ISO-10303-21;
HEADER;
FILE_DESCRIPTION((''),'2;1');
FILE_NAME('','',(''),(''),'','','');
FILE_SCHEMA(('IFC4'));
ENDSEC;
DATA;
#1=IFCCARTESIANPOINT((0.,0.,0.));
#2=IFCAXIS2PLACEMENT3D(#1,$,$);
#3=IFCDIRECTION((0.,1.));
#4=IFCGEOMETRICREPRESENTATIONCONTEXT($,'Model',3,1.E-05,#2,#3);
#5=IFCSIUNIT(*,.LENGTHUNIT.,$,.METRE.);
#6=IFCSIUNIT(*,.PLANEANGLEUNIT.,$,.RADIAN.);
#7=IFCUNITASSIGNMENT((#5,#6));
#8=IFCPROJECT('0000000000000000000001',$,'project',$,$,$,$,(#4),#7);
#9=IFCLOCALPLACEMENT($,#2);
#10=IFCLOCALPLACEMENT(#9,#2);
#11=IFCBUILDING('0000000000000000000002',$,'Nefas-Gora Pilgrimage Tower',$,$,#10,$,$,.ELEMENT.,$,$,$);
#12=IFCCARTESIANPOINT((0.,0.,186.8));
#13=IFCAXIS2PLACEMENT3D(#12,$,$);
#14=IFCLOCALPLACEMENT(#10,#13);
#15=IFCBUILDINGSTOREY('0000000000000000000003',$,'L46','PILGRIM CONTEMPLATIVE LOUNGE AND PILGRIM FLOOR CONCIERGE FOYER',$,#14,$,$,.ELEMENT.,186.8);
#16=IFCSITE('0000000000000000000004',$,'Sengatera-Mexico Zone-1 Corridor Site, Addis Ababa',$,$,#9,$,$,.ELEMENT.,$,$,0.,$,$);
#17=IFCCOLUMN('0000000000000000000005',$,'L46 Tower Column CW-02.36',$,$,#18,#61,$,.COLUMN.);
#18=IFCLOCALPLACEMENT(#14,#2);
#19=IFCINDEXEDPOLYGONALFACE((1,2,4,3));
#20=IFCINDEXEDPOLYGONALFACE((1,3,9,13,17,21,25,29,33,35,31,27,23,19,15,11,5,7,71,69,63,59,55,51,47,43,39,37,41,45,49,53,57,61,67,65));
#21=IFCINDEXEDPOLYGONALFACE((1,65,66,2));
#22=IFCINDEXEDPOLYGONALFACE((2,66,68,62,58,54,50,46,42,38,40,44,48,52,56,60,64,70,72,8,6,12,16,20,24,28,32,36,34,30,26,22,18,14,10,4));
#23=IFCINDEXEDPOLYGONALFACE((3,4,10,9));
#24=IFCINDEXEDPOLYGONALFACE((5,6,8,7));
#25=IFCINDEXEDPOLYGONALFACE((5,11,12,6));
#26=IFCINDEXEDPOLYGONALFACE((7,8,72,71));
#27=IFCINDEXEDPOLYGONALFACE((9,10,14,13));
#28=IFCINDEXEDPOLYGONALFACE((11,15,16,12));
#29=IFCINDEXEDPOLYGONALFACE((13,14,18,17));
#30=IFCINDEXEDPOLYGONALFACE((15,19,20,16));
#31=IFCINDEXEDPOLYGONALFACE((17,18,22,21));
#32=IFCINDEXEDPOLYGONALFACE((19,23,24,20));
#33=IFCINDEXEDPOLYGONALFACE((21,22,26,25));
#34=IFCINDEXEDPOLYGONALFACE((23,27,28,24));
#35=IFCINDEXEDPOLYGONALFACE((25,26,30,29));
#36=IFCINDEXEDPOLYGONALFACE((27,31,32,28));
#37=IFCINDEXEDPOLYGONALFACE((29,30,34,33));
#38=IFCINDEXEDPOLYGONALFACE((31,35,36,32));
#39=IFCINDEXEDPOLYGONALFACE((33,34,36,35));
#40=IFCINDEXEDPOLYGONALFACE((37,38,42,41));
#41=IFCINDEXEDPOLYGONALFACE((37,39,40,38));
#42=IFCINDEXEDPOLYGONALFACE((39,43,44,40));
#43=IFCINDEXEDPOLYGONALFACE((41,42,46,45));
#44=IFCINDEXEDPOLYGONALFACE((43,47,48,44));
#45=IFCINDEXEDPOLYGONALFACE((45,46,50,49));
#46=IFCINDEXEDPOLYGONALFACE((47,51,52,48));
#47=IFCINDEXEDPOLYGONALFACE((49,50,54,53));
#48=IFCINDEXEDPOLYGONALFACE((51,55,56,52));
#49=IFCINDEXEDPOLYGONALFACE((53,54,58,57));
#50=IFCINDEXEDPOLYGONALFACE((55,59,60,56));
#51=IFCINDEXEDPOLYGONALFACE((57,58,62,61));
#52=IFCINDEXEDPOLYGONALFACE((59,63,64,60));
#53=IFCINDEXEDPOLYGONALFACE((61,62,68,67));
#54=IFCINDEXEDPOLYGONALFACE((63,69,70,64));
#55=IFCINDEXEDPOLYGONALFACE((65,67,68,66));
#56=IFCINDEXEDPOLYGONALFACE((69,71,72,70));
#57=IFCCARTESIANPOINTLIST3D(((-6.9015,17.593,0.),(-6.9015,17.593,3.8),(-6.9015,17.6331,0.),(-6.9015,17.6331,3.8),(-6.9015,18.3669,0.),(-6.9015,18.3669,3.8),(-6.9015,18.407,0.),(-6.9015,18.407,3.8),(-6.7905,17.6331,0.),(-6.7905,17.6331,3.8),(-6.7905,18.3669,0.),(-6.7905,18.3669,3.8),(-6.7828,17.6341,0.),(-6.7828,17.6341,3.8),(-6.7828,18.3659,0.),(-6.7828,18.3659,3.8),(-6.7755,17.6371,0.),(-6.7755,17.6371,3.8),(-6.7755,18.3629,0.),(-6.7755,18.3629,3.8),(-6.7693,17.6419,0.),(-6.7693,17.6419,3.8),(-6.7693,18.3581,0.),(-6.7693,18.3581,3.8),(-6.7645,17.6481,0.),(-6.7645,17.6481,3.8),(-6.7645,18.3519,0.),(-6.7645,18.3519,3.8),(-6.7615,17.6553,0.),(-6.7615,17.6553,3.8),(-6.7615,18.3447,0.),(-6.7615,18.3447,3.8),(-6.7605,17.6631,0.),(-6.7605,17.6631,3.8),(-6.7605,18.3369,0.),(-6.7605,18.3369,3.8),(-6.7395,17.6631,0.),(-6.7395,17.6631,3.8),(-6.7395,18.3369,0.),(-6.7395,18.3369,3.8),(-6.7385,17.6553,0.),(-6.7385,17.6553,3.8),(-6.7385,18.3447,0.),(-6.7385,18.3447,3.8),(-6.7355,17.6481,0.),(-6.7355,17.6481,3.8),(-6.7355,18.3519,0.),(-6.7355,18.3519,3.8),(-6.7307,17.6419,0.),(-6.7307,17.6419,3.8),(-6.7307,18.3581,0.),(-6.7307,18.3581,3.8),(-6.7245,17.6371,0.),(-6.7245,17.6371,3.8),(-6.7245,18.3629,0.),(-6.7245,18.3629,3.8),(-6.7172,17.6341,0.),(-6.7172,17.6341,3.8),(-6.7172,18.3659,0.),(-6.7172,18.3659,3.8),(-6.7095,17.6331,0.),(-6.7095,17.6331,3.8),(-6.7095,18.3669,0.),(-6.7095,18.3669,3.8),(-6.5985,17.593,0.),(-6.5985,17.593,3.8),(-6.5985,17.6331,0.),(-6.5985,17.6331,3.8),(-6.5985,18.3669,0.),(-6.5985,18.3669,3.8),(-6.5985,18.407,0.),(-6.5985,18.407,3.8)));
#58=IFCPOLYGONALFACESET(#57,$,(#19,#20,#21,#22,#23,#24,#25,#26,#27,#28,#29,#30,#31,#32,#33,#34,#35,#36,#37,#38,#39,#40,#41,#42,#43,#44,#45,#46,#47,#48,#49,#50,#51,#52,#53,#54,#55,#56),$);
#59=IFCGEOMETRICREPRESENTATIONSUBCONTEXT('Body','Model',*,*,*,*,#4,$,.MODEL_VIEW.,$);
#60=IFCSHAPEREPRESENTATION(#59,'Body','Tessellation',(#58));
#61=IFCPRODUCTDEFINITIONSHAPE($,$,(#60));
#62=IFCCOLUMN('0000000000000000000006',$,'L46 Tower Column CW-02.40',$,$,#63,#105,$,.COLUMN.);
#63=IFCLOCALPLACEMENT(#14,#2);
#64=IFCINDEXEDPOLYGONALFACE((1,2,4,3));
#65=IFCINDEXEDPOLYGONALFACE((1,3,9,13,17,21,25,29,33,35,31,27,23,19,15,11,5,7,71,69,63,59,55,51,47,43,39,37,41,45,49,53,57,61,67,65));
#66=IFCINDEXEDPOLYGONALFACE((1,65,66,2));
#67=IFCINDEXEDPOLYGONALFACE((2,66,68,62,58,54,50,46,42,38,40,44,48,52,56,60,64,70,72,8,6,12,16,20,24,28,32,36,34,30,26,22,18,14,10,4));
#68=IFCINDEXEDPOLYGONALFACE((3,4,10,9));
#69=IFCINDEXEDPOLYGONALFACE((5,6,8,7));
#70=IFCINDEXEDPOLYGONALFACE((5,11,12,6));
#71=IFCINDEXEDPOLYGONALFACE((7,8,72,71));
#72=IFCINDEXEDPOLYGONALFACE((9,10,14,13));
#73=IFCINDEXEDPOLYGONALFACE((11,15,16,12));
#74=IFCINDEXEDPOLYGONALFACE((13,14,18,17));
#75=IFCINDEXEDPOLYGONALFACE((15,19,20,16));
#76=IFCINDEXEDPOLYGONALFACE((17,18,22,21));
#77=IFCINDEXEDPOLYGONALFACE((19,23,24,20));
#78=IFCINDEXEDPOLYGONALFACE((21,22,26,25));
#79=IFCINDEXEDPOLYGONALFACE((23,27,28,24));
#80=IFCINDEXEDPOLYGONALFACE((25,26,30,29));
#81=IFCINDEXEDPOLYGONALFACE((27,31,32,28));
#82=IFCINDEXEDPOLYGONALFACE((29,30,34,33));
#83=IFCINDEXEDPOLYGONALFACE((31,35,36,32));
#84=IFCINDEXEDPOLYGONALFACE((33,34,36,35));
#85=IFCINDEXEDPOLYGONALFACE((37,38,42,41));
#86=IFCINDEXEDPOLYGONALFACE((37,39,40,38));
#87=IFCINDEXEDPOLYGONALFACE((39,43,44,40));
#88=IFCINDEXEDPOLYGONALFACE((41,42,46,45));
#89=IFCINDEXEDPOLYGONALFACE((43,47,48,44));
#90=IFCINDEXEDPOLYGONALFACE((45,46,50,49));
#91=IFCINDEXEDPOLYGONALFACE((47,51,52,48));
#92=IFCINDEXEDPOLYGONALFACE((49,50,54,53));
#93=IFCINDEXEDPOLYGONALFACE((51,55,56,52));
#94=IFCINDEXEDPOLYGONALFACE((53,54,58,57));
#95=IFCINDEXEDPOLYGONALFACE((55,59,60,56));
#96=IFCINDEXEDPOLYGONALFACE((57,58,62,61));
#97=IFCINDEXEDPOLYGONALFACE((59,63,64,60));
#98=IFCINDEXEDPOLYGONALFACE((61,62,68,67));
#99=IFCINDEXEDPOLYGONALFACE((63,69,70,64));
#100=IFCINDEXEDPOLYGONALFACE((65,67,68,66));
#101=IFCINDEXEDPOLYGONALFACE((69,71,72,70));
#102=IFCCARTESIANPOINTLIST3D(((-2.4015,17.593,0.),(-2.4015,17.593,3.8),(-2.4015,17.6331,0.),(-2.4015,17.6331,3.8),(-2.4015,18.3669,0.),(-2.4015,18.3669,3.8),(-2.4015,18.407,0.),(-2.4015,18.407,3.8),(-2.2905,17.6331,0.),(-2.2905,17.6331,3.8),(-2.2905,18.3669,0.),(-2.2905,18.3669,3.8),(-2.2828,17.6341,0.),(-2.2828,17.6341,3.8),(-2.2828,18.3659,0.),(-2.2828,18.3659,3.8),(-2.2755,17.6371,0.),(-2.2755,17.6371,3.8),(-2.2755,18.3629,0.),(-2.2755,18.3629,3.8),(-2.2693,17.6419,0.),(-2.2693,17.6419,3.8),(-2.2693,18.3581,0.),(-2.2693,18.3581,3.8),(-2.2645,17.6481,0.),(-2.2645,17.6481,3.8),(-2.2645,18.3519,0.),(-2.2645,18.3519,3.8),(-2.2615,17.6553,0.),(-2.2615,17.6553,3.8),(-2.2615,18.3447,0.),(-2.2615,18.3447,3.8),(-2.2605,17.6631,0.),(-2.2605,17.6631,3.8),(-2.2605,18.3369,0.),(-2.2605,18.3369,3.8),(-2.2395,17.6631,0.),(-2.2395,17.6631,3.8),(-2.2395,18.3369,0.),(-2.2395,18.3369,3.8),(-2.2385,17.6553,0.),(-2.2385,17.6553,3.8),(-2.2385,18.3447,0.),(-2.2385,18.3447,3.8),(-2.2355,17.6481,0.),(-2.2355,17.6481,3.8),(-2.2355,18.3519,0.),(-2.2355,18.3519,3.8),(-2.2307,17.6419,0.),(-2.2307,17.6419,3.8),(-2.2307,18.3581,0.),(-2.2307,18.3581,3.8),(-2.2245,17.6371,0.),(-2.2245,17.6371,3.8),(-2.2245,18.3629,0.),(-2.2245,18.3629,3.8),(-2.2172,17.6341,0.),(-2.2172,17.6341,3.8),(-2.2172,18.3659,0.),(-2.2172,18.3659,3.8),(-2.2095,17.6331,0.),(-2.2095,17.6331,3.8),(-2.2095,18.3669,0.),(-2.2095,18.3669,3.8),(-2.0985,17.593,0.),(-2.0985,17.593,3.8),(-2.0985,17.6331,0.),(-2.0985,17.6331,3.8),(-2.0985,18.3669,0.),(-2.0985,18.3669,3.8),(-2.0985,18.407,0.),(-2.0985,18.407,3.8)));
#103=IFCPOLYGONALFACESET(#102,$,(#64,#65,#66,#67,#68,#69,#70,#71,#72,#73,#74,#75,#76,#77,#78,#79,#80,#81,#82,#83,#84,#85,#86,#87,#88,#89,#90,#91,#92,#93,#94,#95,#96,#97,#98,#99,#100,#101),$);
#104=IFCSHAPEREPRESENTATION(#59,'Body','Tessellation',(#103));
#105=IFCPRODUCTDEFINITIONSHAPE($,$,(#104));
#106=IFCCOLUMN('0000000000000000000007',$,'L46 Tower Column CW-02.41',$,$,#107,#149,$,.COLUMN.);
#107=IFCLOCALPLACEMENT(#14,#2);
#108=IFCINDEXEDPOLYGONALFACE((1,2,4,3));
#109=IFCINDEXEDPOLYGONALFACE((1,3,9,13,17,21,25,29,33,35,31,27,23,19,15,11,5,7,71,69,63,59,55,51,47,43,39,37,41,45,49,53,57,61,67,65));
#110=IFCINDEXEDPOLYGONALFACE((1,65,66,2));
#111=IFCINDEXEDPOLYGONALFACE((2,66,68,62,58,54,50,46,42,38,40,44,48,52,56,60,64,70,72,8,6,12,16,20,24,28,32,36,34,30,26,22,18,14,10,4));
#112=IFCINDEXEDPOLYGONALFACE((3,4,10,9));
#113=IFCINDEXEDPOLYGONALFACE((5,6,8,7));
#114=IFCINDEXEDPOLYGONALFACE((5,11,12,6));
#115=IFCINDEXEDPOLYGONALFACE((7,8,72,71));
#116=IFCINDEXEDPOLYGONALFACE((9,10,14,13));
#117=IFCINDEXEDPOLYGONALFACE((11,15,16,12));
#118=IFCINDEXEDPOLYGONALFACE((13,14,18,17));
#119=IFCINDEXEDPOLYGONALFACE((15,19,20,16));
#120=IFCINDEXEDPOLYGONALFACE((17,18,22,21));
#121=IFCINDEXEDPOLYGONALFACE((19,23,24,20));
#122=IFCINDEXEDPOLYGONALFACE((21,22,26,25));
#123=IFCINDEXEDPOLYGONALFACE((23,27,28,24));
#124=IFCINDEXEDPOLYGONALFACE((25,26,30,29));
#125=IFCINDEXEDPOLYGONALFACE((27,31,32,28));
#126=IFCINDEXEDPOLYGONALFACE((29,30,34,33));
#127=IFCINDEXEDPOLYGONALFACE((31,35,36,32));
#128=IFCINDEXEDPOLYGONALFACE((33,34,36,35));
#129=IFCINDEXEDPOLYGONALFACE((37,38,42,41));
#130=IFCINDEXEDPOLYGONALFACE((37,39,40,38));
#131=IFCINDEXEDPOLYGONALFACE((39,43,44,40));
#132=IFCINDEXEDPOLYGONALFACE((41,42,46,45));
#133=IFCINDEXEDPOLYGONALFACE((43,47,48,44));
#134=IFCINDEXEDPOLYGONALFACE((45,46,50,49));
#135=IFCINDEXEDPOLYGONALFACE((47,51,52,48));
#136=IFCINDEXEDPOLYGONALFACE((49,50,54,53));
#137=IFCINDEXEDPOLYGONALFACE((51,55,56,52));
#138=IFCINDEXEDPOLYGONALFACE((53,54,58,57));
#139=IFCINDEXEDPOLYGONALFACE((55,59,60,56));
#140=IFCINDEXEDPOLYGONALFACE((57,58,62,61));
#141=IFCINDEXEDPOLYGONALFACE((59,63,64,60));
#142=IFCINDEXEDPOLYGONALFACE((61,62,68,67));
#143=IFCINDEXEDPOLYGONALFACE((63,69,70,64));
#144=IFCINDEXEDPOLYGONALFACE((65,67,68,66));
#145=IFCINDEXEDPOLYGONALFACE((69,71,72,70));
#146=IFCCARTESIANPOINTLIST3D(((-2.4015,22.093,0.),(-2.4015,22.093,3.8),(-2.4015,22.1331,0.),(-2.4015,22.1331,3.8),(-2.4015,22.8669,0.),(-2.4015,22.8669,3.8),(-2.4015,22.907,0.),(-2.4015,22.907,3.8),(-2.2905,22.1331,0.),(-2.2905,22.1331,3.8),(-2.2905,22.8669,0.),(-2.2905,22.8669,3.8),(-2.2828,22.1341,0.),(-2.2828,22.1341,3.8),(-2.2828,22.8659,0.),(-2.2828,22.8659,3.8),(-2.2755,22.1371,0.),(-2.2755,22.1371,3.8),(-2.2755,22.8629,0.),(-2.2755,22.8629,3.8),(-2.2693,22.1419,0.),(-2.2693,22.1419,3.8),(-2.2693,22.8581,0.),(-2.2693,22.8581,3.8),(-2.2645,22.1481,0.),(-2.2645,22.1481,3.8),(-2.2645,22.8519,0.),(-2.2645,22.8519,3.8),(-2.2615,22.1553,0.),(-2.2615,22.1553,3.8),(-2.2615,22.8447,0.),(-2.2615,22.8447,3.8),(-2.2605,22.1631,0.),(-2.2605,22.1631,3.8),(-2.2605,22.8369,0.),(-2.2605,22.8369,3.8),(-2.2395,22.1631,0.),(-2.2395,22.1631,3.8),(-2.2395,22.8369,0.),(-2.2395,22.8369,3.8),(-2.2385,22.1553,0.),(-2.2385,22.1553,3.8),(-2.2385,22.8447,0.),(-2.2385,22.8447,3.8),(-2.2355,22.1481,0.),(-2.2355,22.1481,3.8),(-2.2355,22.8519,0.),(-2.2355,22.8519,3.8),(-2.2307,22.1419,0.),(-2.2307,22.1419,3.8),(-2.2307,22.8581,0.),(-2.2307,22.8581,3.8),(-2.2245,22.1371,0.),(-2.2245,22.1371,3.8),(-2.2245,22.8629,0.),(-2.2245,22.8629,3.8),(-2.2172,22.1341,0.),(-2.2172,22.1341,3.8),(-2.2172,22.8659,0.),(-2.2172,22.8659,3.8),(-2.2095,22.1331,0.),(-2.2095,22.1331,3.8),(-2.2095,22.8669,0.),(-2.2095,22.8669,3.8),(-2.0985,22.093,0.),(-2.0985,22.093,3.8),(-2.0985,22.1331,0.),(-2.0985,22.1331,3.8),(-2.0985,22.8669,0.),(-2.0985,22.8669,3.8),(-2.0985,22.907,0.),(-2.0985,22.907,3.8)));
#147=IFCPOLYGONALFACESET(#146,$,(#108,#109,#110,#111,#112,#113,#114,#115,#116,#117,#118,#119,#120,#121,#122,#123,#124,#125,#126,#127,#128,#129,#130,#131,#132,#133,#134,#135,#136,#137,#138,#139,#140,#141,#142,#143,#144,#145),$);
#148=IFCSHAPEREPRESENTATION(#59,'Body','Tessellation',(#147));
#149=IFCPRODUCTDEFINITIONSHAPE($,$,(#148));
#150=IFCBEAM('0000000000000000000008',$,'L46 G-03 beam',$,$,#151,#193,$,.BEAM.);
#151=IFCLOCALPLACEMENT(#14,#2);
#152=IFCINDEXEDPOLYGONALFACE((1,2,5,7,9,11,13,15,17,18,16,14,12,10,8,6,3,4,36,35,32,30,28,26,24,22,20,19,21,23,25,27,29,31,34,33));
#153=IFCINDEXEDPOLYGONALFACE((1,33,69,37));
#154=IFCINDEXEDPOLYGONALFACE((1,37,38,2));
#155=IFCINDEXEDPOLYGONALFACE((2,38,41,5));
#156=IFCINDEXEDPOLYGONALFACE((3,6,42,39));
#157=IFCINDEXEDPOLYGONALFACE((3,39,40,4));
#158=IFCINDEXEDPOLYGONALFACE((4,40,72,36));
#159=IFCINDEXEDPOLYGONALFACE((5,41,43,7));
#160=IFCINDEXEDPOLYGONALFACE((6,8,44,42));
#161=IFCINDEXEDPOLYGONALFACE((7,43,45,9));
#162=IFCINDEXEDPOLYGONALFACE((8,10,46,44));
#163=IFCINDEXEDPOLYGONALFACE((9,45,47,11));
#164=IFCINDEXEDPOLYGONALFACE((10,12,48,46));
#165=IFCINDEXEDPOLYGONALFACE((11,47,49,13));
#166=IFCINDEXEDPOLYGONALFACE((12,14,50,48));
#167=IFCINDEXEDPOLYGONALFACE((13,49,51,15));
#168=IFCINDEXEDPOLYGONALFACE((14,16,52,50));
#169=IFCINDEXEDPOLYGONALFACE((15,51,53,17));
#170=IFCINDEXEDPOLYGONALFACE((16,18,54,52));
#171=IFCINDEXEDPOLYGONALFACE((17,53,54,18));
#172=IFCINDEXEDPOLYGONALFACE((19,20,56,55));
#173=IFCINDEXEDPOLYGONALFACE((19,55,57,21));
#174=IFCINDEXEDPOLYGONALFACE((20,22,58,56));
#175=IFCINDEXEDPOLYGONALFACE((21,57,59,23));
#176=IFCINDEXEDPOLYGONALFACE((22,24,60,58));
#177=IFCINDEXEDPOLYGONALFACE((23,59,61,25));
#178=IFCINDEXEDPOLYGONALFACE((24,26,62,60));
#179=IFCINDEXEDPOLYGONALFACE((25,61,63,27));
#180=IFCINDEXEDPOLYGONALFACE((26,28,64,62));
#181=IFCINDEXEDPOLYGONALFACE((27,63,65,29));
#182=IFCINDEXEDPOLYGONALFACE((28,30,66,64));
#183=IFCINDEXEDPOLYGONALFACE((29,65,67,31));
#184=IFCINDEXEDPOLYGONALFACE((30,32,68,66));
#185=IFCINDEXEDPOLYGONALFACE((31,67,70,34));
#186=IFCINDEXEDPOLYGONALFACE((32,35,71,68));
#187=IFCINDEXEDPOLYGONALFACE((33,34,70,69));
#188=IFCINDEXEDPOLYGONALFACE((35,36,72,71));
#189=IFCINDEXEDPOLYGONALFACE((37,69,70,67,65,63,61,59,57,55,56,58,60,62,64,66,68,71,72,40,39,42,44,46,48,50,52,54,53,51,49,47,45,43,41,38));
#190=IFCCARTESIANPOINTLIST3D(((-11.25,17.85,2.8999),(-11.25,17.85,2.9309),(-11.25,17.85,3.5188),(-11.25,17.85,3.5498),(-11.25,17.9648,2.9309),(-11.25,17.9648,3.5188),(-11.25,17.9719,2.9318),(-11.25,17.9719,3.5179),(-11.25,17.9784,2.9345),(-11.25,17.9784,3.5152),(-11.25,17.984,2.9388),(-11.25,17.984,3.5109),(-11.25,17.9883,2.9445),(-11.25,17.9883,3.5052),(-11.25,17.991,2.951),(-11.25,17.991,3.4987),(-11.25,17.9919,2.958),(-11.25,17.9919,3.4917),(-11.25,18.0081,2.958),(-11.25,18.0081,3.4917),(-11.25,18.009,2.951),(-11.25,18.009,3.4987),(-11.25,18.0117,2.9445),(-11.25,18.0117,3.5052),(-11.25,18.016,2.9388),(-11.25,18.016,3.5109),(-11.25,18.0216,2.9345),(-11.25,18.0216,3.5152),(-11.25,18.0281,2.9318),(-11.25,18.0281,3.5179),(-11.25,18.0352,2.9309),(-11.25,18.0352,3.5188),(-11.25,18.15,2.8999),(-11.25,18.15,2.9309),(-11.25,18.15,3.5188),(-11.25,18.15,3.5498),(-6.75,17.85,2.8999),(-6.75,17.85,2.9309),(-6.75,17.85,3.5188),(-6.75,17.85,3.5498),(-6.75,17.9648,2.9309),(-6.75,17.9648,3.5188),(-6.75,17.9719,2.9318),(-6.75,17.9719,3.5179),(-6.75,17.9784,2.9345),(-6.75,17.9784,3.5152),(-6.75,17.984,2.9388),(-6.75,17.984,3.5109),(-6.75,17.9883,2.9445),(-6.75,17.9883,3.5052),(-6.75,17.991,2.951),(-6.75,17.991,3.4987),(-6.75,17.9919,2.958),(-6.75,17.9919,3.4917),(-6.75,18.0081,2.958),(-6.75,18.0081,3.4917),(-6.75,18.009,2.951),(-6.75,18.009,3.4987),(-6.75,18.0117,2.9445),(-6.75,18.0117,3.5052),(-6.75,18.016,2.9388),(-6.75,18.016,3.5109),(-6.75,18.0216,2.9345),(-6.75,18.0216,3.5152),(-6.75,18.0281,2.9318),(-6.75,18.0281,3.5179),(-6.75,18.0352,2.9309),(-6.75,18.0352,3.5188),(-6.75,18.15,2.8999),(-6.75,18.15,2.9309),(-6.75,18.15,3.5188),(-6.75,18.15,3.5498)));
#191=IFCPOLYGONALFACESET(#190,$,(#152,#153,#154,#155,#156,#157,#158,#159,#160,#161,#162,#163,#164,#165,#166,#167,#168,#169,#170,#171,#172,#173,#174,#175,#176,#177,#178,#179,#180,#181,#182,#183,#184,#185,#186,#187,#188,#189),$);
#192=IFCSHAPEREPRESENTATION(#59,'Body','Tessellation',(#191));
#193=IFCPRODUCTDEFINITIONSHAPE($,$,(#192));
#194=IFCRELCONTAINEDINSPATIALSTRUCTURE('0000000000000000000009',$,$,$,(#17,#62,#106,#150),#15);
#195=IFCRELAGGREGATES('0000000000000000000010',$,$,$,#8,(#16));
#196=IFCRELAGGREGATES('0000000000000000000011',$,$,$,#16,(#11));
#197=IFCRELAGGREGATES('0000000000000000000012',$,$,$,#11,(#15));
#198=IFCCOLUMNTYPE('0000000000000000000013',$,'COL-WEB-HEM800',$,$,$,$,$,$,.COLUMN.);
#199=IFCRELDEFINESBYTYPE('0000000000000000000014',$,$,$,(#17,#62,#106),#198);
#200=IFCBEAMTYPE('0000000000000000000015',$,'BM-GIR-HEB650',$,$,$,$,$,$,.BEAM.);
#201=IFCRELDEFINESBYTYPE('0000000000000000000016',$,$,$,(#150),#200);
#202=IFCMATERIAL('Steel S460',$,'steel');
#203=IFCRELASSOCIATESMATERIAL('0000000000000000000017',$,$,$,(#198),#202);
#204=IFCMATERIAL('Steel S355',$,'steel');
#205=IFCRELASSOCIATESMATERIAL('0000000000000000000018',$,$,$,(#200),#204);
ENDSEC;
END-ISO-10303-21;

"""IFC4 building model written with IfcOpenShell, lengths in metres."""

from ifc_helpers import new_model, si_unit, direction, frame, origin, origin_2d, place, context, subcontext, project, spatial, i_section, extrude, source, transform, mapped, material, material_profile, profile_set, type_object, element, save


model = new_model("IFC4")

# Units and contexts
model_context = context("Model", 3, precision=1e-05, world=origin(), true_north=direction((0.0, 1.0)))
body_context = subcontext(model_context, "Body", "Model", "MODEL_VIEW")
ifc_project = project(units=[si_unit("LENGTHUNIT", "METRE"), si_unit("PLANEANGLEUNIT", "RADIAN")], contexts=[model_context])

# Site, building, storey
site_placement = place(None, origin())
site = spatial("IfcSite", under=ifc_project, at=site_placement, Name="Sengatera-Mexico Zone-1 Corridor Site, Addis Ababa", CompositionType="ELEMENT", RefElevation=0.0)
building_placement = place(site_placement, origin())
building = spatial("IfcBuilding", under=site, at=building_placement, Name="Nefas-Gora Pilgrimage Tower", CompositionType="ELEMENT")
storey_placement = place(building_placement, frame((0.0, 0.0, 186.8)))
storey = spatial("IfcBuildingStorey", under=building, at=storey_placement, Name="L46", Description="PILGRIM CONTEMPLATIVE LOUNGE AND PILGRIM FLOOR CONCIERGE FOYER", CompositionType="ELEMENT", Elevation=186.8)

# Columns
ifc_material_1 = material(Name="Steel S460", Category="steel")
ifc_material_profile_1 = material_profile(ifc_material_1, i_section(OverallWidth=0.303, OverallDepth=0.814, WebThickness=0.021, FlangeThickness=0.04, FilletRadius=0.03, at=origin_2d()), Name="HEM 800")
ifc_profile_set_1 = profile_set([ifc_material_profile_1], Name="Steel S460")
column_type_1 = type_object("IfcColumnType", Name="COL-WEB-HEM800", PredefinedType="COLUMN", material=ifc_profile_set_1)
shared_shape_1 = source(origin(), body_context, "Body", "SweptSolid", [
    extrude(i_section(OverallWidth=0.303, OverallDepth=0.814, WebThickness=0.021, FlangeThickness=0.04, FilletRadius=0.03, at=origin_2d()), origin(), (0.0, 0.0, 1.0), 3.8),
])
for number, where, z_axis, x_axis, name in (
    (1, (-6.75, 18.0, 0.0), (0.0, 0.0, 1.0), (1.0, 0.0, 0.0), "L46 Tower Column CW-02.36"),
    (2, (-2.25, 18.0, 0.0), (0.0, 0.0, 1.0), (1.0, 0.0, 0.0), "L46 Tower Column CW-02.40"),
    (3, (-2.25, 22.5, 0.0), (0.0, 0.0, 1.0), (1.0, 0.0, 0.0), "L46 Tower Column CW-02.41"),
):
    element("IfcColumn", number, at=place(storey_placement, frame(where, z_axis=z_axis, x_axis=x_axis)), inside=storey, type_object=column_type_1, Name=name, PredefinedType="COLUMN", context=body_context, shape_type="MappedRepresentation", body=[
        mapped(shared_shape_1, transform((0.0, 0.0, 0.0), x_axis=(1.0, 0.0, 0.0), y_axis=(0.0, 1.0, 0.0), z_axis=(0.0, 0.0, 1.0), scale=1.0)),
    ])

# Beam
ifc_material_2 = material(Name="Steel S355", Category="steel")
ifc_material_profile_2 = material_profile(ifc_material_2, i_section(OverallWidth=0.3, OverallDepth=0.6499, WebThickness=0.0161, FlangeThickness=0.031, FilletRadius=0.0271, at=origin_2d()), Name="HEB 650")
ifc_profile_set_2 = profile_set([ifc_material_profile_2], Name="Steel S355")
beam_type = type_object("IfcBeamType", Name="BM-GIR-HEB650", PredefinedType="BEAM", material=ifc_profile_set_2)
shared_shape_2 = source(origin(), body_context, "Body", "SweptSolid", [
    extrude(i_section(OverallWidth=0.3, OverallDepth=0.6499, WebThickness=0.0161, FlangeThickness=0.031, FilletRadius=0.0271, at=origin_2d()), origin(), (0.0, 0.0, 1.0), 4.5),
])
for number, where, z_axis, x_axis, name in (
    (4, (-11.25, 18.0, 3.2249), (1.0, 0.0, 0.0), (0.0, 1.0, 0.0), "L46 G-03 beam"),
):
    element("IfcBeam", number, at=place(storey_placement, frame(where, z_axis=z_axis, x_axis=x_axis)), inside=storey, type_object=beam_type, Name=name, PredefinedType="BEAM", context=body_context, shape_type="MappedRepresentation", body=[
        mapped(shared_shape_2, transform((0.0, 0.0, 0.0), x_axis=(1.0, 0.0, 0.0), y_axis=(0.0, 1.0, 0.0), z_axis=(0.0, 0.0, 1.0), scale=1.0)),
    ])

save(model, "model.ifc")
